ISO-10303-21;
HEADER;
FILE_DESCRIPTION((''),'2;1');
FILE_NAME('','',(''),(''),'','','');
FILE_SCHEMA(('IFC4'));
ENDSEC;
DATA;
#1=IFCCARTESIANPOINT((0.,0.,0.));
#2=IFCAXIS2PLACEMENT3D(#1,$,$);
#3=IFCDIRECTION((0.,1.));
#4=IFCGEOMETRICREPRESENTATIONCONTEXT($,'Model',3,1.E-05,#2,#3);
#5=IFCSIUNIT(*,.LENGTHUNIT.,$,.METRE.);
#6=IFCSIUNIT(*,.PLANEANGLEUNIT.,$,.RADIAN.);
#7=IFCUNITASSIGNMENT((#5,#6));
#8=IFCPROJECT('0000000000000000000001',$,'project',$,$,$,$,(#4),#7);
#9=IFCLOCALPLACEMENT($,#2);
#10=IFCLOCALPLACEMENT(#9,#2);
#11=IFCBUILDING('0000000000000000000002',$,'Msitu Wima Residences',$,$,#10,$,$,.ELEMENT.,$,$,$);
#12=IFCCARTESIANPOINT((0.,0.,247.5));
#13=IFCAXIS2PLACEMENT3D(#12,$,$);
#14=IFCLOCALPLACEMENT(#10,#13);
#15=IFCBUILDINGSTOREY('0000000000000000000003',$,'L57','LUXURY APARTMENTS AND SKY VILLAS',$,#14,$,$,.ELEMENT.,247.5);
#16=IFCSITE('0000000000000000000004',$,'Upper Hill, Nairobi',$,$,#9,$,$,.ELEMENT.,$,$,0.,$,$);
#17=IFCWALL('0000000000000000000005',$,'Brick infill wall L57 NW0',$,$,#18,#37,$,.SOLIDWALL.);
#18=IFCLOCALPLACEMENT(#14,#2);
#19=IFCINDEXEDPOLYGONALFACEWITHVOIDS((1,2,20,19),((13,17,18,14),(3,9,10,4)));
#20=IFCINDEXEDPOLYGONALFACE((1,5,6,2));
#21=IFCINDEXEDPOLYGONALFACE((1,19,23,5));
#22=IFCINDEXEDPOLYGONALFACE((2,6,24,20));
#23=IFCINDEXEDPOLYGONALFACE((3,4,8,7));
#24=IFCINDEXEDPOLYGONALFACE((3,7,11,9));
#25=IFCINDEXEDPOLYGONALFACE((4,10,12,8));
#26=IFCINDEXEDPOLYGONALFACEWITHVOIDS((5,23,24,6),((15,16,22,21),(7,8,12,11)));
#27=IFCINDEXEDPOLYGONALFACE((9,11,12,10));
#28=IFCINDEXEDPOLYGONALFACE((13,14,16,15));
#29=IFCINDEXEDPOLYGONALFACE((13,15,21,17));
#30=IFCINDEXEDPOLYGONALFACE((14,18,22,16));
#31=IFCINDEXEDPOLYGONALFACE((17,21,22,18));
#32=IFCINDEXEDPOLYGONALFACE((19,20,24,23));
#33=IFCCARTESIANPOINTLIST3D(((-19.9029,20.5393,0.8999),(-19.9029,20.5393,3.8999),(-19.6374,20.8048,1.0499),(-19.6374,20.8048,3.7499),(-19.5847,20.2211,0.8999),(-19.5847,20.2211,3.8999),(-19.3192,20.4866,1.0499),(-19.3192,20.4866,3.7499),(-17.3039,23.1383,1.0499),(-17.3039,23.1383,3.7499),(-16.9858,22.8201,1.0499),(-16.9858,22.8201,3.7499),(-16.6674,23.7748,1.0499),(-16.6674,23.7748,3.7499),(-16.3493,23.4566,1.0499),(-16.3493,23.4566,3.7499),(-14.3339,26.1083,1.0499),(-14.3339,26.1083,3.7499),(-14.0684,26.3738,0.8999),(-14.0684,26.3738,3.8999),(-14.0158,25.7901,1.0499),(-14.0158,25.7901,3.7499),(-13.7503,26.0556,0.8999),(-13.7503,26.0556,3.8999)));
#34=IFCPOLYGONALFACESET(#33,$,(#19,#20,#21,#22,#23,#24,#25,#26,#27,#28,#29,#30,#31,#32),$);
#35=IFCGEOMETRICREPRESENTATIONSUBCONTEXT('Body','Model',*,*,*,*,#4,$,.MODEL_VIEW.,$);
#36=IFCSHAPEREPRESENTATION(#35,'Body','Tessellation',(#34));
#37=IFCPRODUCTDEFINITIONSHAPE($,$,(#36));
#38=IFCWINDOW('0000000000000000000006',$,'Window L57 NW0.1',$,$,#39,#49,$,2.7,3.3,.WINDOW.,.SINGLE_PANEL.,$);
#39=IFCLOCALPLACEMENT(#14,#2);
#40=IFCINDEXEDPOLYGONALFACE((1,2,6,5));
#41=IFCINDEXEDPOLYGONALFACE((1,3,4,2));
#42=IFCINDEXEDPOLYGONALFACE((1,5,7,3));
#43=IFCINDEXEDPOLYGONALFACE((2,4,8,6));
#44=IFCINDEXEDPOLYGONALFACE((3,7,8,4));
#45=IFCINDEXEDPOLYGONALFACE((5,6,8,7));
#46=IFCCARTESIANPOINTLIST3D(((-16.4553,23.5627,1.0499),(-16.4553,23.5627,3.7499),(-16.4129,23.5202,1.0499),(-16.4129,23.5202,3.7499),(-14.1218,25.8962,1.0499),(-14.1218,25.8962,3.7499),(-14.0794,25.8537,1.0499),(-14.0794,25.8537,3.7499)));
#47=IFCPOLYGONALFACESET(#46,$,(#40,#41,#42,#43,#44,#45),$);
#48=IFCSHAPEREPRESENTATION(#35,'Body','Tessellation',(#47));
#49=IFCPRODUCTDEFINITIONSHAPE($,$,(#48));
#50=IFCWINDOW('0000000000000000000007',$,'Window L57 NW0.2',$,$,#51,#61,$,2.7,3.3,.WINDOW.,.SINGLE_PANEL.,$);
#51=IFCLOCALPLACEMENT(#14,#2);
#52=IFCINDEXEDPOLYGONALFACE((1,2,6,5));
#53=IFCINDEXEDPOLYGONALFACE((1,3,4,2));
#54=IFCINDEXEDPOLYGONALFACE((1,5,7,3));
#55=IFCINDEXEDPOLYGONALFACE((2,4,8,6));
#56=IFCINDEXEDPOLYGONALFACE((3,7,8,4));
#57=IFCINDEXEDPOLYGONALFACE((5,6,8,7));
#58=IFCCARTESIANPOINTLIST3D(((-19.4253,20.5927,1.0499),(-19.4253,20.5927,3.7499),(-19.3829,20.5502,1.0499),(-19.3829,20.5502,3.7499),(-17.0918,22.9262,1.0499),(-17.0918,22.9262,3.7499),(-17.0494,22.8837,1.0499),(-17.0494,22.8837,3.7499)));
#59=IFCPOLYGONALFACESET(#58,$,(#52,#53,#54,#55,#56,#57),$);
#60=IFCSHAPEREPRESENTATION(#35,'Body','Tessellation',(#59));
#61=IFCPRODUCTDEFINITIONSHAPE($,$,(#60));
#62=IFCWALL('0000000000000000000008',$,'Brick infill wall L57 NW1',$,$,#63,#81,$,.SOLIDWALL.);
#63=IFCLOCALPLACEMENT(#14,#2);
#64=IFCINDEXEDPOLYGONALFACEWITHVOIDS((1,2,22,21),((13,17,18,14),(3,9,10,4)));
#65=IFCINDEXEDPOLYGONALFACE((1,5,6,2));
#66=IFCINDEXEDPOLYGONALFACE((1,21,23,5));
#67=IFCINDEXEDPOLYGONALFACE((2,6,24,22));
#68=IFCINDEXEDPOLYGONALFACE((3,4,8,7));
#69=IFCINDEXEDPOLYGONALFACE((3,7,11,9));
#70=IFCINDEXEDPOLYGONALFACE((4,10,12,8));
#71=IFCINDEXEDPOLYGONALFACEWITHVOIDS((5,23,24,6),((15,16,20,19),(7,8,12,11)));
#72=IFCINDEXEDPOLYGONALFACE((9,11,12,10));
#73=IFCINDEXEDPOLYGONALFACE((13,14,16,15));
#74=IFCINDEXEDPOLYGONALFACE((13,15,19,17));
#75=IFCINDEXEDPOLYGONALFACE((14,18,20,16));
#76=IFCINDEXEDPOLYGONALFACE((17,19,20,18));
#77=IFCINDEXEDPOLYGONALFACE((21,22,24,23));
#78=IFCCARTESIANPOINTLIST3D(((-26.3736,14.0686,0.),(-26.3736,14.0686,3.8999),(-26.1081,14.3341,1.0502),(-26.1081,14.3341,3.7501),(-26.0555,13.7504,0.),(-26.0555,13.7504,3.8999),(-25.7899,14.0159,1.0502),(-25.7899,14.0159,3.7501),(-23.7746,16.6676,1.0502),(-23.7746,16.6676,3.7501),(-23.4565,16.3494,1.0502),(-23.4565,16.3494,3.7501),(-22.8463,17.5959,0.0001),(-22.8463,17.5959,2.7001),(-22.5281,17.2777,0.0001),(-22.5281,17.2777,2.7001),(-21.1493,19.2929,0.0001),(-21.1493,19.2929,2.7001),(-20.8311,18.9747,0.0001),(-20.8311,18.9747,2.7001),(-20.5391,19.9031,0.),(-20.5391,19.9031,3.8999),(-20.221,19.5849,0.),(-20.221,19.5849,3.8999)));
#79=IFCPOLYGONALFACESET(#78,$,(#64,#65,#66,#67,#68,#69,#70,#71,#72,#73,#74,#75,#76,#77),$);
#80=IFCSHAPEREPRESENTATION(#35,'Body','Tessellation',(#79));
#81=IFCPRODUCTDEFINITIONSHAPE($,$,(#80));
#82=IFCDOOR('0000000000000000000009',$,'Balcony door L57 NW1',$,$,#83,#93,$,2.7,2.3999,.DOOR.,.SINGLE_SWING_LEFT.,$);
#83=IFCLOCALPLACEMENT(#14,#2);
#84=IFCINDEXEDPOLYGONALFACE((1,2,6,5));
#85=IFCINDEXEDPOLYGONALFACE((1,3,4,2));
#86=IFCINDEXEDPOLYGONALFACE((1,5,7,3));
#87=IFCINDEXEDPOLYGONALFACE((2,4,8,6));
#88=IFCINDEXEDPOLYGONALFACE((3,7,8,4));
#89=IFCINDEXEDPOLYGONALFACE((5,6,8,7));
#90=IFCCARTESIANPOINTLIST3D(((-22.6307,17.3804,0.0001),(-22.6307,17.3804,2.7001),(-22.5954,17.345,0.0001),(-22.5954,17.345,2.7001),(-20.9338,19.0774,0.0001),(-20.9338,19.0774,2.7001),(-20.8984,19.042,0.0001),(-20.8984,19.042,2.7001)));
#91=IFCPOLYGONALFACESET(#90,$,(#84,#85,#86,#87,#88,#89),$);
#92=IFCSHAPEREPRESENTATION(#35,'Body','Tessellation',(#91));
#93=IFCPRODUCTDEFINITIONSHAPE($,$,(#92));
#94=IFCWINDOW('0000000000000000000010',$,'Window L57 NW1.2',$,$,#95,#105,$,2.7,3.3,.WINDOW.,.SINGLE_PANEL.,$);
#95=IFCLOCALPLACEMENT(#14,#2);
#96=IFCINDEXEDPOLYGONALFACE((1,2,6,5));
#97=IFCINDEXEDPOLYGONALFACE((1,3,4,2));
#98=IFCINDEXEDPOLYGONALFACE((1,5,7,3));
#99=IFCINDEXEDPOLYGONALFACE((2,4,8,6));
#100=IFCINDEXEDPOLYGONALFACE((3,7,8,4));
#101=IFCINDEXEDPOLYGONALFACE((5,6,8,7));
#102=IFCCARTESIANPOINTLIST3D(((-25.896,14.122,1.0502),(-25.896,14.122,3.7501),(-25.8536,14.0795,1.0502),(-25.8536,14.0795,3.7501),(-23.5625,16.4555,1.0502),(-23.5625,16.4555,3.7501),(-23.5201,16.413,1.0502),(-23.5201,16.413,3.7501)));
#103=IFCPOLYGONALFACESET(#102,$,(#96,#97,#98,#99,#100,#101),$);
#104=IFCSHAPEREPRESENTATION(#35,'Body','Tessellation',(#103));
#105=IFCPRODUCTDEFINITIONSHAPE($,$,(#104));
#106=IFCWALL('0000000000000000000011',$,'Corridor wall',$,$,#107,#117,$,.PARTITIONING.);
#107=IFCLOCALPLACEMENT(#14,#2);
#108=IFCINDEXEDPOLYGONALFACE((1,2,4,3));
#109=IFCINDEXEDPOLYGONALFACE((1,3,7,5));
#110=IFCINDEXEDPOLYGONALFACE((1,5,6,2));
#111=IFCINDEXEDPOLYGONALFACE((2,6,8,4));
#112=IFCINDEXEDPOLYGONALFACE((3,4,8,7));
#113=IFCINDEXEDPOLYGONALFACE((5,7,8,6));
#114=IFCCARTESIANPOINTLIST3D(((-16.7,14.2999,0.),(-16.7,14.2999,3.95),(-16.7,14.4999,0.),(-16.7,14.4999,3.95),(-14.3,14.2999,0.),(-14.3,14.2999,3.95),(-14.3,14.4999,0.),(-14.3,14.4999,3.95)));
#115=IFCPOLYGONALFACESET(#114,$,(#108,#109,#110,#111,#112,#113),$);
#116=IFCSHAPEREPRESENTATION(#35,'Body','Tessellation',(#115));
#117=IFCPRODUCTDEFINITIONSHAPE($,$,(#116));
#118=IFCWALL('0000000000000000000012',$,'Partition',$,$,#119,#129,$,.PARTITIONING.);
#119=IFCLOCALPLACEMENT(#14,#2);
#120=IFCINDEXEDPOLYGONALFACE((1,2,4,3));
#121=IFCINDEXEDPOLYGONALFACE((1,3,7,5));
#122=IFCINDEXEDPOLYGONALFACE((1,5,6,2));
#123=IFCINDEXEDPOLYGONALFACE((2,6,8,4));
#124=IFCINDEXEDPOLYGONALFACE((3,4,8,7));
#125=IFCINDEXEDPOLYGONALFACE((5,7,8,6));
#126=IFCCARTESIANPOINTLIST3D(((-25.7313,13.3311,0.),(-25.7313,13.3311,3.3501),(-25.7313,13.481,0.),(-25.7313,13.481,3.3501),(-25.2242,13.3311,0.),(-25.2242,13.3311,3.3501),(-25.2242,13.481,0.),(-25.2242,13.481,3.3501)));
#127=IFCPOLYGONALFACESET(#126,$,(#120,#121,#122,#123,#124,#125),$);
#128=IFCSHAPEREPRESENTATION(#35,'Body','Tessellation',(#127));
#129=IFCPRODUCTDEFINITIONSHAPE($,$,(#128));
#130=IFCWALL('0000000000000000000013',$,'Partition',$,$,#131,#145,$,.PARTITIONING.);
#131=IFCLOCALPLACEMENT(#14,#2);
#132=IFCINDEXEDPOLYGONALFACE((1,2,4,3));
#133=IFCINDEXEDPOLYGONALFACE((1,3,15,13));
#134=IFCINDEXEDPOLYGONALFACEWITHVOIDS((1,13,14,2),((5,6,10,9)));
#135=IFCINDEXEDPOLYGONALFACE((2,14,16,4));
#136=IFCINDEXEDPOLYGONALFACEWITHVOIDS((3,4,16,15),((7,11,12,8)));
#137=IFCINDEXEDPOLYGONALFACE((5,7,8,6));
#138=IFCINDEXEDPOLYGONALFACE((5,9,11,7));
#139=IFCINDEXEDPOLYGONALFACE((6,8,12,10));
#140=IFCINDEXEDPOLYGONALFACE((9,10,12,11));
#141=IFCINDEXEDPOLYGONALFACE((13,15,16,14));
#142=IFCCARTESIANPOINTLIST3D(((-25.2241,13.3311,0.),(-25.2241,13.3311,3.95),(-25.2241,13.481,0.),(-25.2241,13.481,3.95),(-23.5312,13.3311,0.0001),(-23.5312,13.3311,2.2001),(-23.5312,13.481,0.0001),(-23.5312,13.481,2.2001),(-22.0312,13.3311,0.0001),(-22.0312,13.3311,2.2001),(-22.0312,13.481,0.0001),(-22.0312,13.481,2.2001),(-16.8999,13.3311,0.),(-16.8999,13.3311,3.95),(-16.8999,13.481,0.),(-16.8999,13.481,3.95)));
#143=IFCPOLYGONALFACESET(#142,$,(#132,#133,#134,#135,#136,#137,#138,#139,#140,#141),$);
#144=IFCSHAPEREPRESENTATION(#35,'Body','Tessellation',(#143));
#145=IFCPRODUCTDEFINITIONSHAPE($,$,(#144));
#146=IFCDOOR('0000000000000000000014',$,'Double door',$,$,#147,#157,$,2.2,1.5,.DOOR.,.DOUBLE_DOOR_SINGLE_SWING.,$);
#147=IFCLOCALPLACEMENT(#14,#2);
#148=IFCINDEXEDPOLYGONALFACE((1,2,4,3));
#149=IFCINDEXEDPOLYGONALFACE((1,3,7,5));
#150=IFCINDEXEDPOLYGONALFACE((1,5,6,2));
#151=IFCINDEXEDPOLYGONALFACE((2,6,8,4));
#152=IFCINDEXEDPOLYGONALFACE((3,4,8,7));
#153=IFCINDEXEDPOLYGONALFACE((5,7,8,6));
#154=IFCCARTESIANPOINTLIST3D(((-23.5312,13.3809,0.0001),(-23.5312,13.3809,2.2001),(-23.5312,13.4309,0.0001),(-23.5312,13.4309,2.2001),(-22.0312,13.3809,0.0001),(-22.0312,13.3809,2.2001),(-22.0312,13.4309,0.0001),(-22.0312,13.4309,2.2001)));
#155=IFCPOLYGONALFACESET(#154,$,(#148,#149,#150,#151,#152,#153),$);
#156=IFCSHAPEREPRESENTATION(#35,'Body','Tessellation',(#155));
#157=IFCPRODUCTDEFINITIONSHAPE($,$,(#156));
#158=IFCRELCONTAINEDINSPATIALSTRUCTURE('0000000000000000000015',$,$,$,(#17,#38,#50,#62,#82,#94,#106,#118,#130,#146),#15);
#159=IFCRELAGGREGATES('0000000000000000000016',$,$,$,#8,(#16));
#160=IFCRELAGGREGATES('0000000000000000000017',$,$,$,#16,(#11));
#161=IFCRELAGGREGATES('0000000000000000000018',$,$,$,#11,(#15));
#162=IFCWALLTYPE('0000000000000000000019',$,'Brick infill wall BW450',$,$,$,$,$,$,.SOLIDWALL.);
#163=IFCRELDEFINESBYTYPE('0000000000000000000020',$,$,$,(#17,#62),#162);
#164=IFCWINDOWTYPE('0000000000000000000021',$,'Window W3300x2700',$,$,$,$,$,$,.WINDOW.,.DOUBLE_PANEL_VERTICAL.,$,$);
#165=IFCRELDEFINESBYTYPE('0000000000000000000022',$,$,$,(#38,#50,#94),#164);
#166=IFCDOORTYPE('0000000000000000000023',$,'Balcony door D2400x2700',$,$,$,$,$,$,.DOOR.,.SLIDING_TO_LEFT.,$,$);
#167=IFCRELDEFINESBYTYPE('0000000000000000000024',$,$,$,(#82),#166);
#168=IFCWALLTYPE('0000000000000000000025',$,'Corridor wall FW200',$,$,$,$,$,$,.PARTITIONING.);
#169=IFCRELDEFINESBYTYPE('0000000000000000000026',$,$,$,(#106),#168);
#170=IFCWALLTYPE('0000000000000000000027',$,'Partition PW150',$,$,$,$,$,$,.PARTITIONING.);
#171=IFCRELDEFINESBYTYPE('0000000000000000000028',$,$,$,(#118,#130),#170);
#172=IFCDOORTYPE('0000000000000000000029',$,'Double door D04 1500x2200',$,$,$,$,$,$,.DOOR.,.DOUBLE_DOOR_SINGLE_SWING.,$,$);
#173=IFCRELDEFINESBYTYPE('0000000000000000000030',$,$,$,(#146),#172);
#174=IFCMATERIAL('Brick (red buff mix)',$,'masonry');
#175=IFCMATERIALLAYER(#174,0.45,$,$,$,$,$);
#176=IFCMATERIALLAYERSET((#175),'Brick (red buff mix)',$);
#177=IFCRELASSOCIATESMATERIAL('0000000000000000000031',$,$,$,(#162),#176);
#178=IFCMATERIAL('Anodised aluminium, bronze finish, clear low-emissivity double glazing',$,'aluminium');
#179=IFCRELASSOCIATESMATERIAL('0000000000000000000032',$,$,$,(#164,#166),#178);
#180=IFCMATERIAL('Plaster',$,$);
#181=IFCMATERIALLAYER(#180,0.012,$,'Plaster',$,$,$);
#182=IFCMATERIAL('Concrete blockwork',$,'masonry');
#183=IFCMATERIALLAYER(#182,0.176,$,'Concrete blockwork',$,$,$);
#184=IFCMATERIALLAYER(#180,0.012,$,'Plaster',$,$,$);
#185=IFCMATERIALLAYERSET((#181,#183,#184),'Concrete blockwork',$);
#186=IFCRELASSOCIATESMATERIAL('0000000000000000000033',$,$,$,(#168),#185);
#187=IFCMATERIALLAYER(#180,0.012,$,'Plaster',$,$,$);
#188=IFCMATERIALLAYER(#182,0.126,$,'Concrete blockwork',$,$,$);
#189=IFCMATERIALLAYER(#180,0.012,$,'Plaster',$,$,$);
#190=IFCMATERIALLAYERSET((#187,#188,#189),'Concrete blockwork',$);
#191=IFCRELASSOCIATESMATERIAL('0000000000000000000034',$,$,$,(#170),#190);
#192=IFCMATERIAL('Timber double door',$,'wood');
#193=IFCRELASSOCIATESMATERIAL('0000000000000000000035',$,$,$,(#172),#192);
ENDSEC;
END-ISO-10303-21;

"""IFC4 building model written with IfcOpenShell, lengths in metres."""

from ifc_helpers import new_model, si_unit, direction, frame, frame_2d, origin, place, context, subcontext, project, spatial, rectangle, extrude, material, layer, layer_set, type_object, element, fill, save


model = new_model("IFC4")

# Units and contexts
model_context = context("Model", 3, precision=1e-05, world=origin(), true_north=direction((0.0, 1.0)))
body_context = subcontext(model_context, "Body", "Model", "MODEL_VIEW")
ifc_project = project(units=[si_unit("LENGTHUNIT", "METRE"), si_unit("PLANEANGLEUNIT", "RADIAN")], contexts=[model_context])

# Site, building, storey
site_placement = place(None, origin())
site = spatial("IfcSite", under=ifc_project, at=site_placement, Name="Upper Hill, Nairobi", CompositionType="ELEMENT", RefElevation=0.0)
building_placement = place(site_placement, origin())
building = spatial("IfcBuilding", under=site, at=building_placement, Name="Msitu Wima Residences", CompositionType="ELEMENT")
storey_placement = place(building_placement, frame((0.0, 0.0, 247.5)))
storey = spatial("IfcBuildingStorey", under=building, at=storey_placement, Name="L57", Description="LUXURY APARTMENTS AND SKY VILLAS", CompositionType="ELEMENT", Elevation=247.5)

# Wall, openings, windows
ifc_material_1 = material(Name="Brick (red buff mix)", Category="masonry")
ifc_layer_1 = layer(ifc_material_1, 0.45)
ifc_layer_set_1 = layer_set([ifc_layer_1], Name="Brick (red buff mix)")
wall_type_1 = type_object("IfcWallType", Name="Brick infill wall BW450", PredefinedType="SOLIDWALL", material=ifc_layer_set_1)
wall_1_placement = place(storey_placement, frame((-13.9094, 26.2146, 0.8999), z_axis=(0.0, 0.0, 1.0), x_axis=(-0.707107, -0.707107, 0.0)))
wall_1 = element("IfcWall", 1, at=wall_1_placement, inside=storey, type_object=wall_type_1, Name="Brick infill wall L57 NW0", PredefinedType="SOLIDWALL", context=body_context, shape_type="SweptSolid", body=[
    extrude(rectangle(XDim=8.2512, YDim=0.45, at=frame_2d((4.1255, 0.0))), origin(), (0.0, 0.0, 1.0), 3.0),
])
opening_1_placement = place(wall_1_placement, frame((0.3755, 0.0, 0.1499)))
opening_1 = element("IfcOpeningElement", 2, at=opening_1_placement, cuts=wall_1, PredefinedType="OPENING", context=body_context, shape_type="SweptSolid", body=[
    extrude(rectangle(XDim=3.3, YDim=2.7, at=frame_2d((1.6499, 1.3501))), frame((0.0, 0.2349, 0.0), z_axis=(0.0, -1.0, 0.0), x_axis=(1.0, 0.0, 0.0)), (0.0, 0.0, 1.0), 0.47),
])
opening_2_placement = place(wall_1_placement, frame((4.5757, 0.0, 0.1499)))
opening_2 = element("IfcOpeningElement", 3, at=opening_2_placement, cuts=wall_1, PredefinedType="OPENING", context=body_context, shape_type="SweptSolid", body=[
    extrude(rectangle(XDim=3.3, YDim=2.7, at=frame_2d((1.6499, 1.3501))), frame((0.0, 0.2349, 0.0), z_axis=(0.0, -1.0, 0.0), x_axis=(1.0, 0.0, 0.0)), (0.0, 0.0, 1.0), 0.47),
])
ifc_material_2 = material(Name="Anodised aluminium, bronze finish, clear low-emissivity double glazing", Category="aluminium")
window_type = type_object("IfcWindowType", Name="Window W3300x2700", PartitioningType="DOUBLE_PANEL_VERTICAL", PredefinedType="WINDOW", material=ifc_material_2)
window_1_placement = place(opening_1_placement, origin())
window_1 = element("IfcWindow", 4, at=window_1_placement, inside=storey, type_object=window_type, Name="Window L57 NW0.1", OverallHeight=2.7, OverallWidth=3.3, PartitioningType="SINGLE_PANEL", PredefinedType="WINDOW", context=body_context, shape_type="SweptSolid", body=[
    extrude(rectangle(XDim=3.3, YDim=2.7, at=frame_2d((1.6499, 1.3501))), frame((0.0, 0.135, 0.0), z_axis=(0.0, -1.0, 0.0), x_axis=(1.0, 0.0, 0.0)), (0.0, 0.0, 1.0), 0.0601),
])
fill(opening_1, window_1)
window_2_placement = place(opening_2_placement, origin())
window_2 = element("IfcWindow", 5, at=window_2_placement, inside=storey, type_object=window_type, Name="Window L57 NW0.2", OverallHeight=2.7, OverallWidth=3.3, PartitioningType="SINGLE_PANEL", PredefinedType="WINDOW", context=body_context, shape_type="SweptSolid", body=[
    extrude(rectangle(XDim=3.3, YDim=2.7, at=frame_2d((1.6499, 1.3501))), frame((0.0, 0.135, 0.0), z_axis=(0.0, -1.0, 0.0), x_axis=(1.0, 0.0, 0.0)), (0.0, 0.0, 1.0), 0.0601),
])
fill(opening_2, window_2)

# Wall, openings, door, window
wall_2_placement = place(storey_placement, frame((-20.3801, 19.7439, 0.0), z_axis=(0.0, 0.0, 1.0), x_axis=(-0.707107, -0.707107, 0.0)))
wall_2 = element("IfcWall", 6, at=wall_2_placement, inside=storey, type_object=wall_type_1, Name="Brick infill wall L57 NW1", PredefinedType="SOLIDWALL", context=body_context, shape_type="SweptSolid", body=[
    extrude(rectangle(XDim=8.2512, YDim=0.45, at=frame_2d((4.1255, 0.0))), origin(), (0.0, 0.0, 1.0), 3.8999),
])
opening_3_placement = place(wall_2_placement, frame((0.8628, 0.0, 0.0)))
opening_3 = element("IfcOpeningElement", 7, at=opening_3_placement, cuts=wall_2, PredefinedType="OPENING", context=body_context, shape_type="SweptSolid", body=[
    extrude(rectangle(XDim=2.3999, YDim=2.7, at=frame_2d((1.2, 1.3501))), frame((0.0, 0.2349, 0.0), z_axis=(0.0, -1.0, 0.0), x_axis=(1.0, 0.0, 0.0)), (0.0, 0.0, 1.0), 0.47),
])
opening_4_placement = place(wall_2_placement, frame((4.5757, 0.0, 1.05)))
opening_4 = element("IfcOpeningElement", 8, at=opening_4_placement, cuts=wall_2, PredefinedType="OPENING", context=body_context, shape_type="SweptSolid", body=[
    extrude(rectangle(XDim=3.3, YDim=2.7, at=frame_2d((1.6499, 1.3501))), frame((0.0, 0.2349, 0.0), z_axis=(0.0, -1.0, 0.0), x_axis=(1.0, 0.0, 0.0)), (0.0, 0.0, 1.0), 0.47),
])
door_type_1 = type_object("IfcDoorType", Name="Balcony door D2400x2700", OperationType="SLIDING_TO_LEFT", PredefinedType="DOOR", material=ifc_material_2)
door_1_placement = place(opening_3_placement, origin())
door_1 = element("IfcDoor", 9, at=door_1_placement, inside=storey, type_object=door_type_1, Name="Balcony door L57 NW1", OperationType="SINGLE_SWING_LEFT", OverallHeight=2.7, OverallWidth=2.3999, PredefinedType="DOOR", context=body_context, shape_type="SweptSolid", body=[
    extrude(rectangle(XDim=2.3999, YDim=2.7, at=frame_2d((1.2, 1.3501))), frame((0.0, 0.1299, 0.0), z_axis=(0.0, -1.0, 0.0), x_axis=(1.0, 0.0, 0.0)), (0.0, 0.0, 1.0), 0.05),
])
fill(opening_3, door_1)
window_3_placement = place(opening_4_placement, origin())
window_3 = element("IfcWindow", 10, at=window_3_placement, inside=storey, type_object=window_type, Name="Window L57 NW1.2", OverallHeight=2.7, OverallWidth=3.3, PartitioningType="SINGLE_PANEL", PredefinedType="WINDOW", context=body_context, shape_type="SweptSolid", body=[
    extrude(rectangle(XDim=3.3, YDim=2.7, at=frame_2d((1.6499, 1.3501))), frame((0.0, 0.135, 0.0), z_axis=(0.0, -1.0, 0.0), x_axis=(1.0, 0.0, 0.0)), (0.0, 0.0, 1.0), 0.0601),
])
fill(opening_4, window_3)

# Walls
ifc_material_3 = material(Name="Plaster")
ifc_layer_2 = layer(ifc_material_3, 0.012, Name="Plaster")
ifc_material_4 = material(Name="Concrete blockwork", Category="masonry")
ifc_layer_3 = layer(ifc_material_4, 0.176, Name="Concrete blockwork")
ifc_layer_4 = layer(ifc_material_3, 0.012, Name="Plaster")
ifc_layer_set_2 = layer_set([ifc_layer_2, ifc_layer_3, ifc_layer_4], Name="Concrete blockwork")
wall_type_2 = type_object("IfcWallType", Name="Corridor wall FW200", PredefinedType="PARTITIONING", material=ifc_layer_set_2)
wall_3_placement = place(storey_placement, frame((-16.7, 14.3999, 0.0), z_axis=(0.0, 0.0, 1.0), x_axis=(1.0, 0.0, 0.0)))
element("IfcWall", 11, at=wall_3_placement, inside=storey, type_object=wall_type_2, Name="Corridor wall", PredefinedType="PARTITIONING", context=body_context, shape_type="SweptSolid", body=[
    extrude(rectangle(XDim=2.3999, YDim=0.2, at=frame_2d((1.2, 0.0))), origin(), (0.0, 0.0, 1.0), 3.95),
])
ifc_layer_5 = layer(ifc_material_3, 0.012, Name="Plaster")
ifc_layer_6 = layer(ifc_material_4, 0.126, Name="Concrete blockwork")
ifc_layer_7 = layer(ifc_material_3, 0.012, Name="Plaster")
ifc_layer_set_3 = layer_set([ifc_layer_5, ifc_layer_6, ifc_layer_7], Name="Concrete blockwork")
wall_type_3 = type_object("IfcWallType", Name="Partition PW150", PredefinedType="PARTITIONING", material=ifc_layer_set_3)
wall_4_placement = place(storey_placement, frame((-25.7312, 13.406, 0.0), z_axis=(0.0, 0.0, 1.0), x_axis=(1.0, 0.0, 0.0)))
element("IfcWall", 12, at=wall_4_placement, inside=storey, type_object=wall_type_3, Name="Partition", PredefinedType="PARTITIONING", context=body_context, shape_type="SweptSolid", body=[
    extrude(rectangle(XDim=0.5071, YDim=0.1499, at=frame_2d((0.2534, 0.0))), origin(), (0.0, 0.0, 1.0), 3.3501),
])

# Wall, opening, door
wall_5_placement = place(storey_placement, frame((-25.2241, 13.406, 0.0), z_axis=(0.0, 0.0, 1.0), x_axis=(1.0, 0.0, 0.0)))
wall_5 = element("IfcWall", 13, at=wall_5_placement, inside=storey, type_object=wall_type_3, Name="Partition", PredefinedType="PARTITIONING", context=body_context, shape_type="SweptSolid", body=[
    extrude(rectangle(XDim=8.3242, YDim=0.1499, at=frame_2d((4.1621, 0.0))), origin(), (0.0, 0.0, 1.0), 3.95),
])
opening_5_placement = place(wall_5_placement, frame((1.6929, 0.0, 0.0)))
opening_5 = element("IfcOpeningElement", 14, at=opening_5_placement, cuts=wall_5, PredefinedType="OPENING", context=body_context, shape_type="SweptSolid", body=[
    extrude(rectangle(XDim=1.5, YDim=2.2, at=frame_2d((0.75, 1.1001))), frame((0.0, 0.085, 0.0), z_axis=(0.0, -1.0, 0.0), x_axis=(1.0, 0.0, 0.0)), (0.0, 0.0, 1.0), 0.1699),
])
ifc_material_5 = material(Name="Timber double door", Category="wood")
door_type_2 = type_object("IfcDoorType", Name="Double door D04 1500x2200", OperationType="DOUBLE_DOOR_SINGLE_SWING", PredefinedType="DOOR", material=ifc_material_5)
door_2_placement = place(opening_5_placement, origin())
door_2 = element("IfcDoor", 15, at=door_2_placement, inside=storey, type_object=door_type_2, Name="Double door", OperationType="DOUBLE_DOOR_SINGLE_SWING", OverallHeight=2.2, OverallWidth=1.5, PredefinedType="DOOR", context=body_context, shape_type="SweptSolid", body=[
    extrude(rectangle(XDim=1.5, YDim=2.2, at=frame_2d((0.75, 1.1001))), frame((0.0, 0.0249, 0.0), z_axis=(0.0, -1.0, 0.0), x_axis=(1.0, 0.0, 0.0)), (0.0, 0.0, 1.0), 0.05),
])
fill(opening_5, door_2)

save(model, "model.ifc")
